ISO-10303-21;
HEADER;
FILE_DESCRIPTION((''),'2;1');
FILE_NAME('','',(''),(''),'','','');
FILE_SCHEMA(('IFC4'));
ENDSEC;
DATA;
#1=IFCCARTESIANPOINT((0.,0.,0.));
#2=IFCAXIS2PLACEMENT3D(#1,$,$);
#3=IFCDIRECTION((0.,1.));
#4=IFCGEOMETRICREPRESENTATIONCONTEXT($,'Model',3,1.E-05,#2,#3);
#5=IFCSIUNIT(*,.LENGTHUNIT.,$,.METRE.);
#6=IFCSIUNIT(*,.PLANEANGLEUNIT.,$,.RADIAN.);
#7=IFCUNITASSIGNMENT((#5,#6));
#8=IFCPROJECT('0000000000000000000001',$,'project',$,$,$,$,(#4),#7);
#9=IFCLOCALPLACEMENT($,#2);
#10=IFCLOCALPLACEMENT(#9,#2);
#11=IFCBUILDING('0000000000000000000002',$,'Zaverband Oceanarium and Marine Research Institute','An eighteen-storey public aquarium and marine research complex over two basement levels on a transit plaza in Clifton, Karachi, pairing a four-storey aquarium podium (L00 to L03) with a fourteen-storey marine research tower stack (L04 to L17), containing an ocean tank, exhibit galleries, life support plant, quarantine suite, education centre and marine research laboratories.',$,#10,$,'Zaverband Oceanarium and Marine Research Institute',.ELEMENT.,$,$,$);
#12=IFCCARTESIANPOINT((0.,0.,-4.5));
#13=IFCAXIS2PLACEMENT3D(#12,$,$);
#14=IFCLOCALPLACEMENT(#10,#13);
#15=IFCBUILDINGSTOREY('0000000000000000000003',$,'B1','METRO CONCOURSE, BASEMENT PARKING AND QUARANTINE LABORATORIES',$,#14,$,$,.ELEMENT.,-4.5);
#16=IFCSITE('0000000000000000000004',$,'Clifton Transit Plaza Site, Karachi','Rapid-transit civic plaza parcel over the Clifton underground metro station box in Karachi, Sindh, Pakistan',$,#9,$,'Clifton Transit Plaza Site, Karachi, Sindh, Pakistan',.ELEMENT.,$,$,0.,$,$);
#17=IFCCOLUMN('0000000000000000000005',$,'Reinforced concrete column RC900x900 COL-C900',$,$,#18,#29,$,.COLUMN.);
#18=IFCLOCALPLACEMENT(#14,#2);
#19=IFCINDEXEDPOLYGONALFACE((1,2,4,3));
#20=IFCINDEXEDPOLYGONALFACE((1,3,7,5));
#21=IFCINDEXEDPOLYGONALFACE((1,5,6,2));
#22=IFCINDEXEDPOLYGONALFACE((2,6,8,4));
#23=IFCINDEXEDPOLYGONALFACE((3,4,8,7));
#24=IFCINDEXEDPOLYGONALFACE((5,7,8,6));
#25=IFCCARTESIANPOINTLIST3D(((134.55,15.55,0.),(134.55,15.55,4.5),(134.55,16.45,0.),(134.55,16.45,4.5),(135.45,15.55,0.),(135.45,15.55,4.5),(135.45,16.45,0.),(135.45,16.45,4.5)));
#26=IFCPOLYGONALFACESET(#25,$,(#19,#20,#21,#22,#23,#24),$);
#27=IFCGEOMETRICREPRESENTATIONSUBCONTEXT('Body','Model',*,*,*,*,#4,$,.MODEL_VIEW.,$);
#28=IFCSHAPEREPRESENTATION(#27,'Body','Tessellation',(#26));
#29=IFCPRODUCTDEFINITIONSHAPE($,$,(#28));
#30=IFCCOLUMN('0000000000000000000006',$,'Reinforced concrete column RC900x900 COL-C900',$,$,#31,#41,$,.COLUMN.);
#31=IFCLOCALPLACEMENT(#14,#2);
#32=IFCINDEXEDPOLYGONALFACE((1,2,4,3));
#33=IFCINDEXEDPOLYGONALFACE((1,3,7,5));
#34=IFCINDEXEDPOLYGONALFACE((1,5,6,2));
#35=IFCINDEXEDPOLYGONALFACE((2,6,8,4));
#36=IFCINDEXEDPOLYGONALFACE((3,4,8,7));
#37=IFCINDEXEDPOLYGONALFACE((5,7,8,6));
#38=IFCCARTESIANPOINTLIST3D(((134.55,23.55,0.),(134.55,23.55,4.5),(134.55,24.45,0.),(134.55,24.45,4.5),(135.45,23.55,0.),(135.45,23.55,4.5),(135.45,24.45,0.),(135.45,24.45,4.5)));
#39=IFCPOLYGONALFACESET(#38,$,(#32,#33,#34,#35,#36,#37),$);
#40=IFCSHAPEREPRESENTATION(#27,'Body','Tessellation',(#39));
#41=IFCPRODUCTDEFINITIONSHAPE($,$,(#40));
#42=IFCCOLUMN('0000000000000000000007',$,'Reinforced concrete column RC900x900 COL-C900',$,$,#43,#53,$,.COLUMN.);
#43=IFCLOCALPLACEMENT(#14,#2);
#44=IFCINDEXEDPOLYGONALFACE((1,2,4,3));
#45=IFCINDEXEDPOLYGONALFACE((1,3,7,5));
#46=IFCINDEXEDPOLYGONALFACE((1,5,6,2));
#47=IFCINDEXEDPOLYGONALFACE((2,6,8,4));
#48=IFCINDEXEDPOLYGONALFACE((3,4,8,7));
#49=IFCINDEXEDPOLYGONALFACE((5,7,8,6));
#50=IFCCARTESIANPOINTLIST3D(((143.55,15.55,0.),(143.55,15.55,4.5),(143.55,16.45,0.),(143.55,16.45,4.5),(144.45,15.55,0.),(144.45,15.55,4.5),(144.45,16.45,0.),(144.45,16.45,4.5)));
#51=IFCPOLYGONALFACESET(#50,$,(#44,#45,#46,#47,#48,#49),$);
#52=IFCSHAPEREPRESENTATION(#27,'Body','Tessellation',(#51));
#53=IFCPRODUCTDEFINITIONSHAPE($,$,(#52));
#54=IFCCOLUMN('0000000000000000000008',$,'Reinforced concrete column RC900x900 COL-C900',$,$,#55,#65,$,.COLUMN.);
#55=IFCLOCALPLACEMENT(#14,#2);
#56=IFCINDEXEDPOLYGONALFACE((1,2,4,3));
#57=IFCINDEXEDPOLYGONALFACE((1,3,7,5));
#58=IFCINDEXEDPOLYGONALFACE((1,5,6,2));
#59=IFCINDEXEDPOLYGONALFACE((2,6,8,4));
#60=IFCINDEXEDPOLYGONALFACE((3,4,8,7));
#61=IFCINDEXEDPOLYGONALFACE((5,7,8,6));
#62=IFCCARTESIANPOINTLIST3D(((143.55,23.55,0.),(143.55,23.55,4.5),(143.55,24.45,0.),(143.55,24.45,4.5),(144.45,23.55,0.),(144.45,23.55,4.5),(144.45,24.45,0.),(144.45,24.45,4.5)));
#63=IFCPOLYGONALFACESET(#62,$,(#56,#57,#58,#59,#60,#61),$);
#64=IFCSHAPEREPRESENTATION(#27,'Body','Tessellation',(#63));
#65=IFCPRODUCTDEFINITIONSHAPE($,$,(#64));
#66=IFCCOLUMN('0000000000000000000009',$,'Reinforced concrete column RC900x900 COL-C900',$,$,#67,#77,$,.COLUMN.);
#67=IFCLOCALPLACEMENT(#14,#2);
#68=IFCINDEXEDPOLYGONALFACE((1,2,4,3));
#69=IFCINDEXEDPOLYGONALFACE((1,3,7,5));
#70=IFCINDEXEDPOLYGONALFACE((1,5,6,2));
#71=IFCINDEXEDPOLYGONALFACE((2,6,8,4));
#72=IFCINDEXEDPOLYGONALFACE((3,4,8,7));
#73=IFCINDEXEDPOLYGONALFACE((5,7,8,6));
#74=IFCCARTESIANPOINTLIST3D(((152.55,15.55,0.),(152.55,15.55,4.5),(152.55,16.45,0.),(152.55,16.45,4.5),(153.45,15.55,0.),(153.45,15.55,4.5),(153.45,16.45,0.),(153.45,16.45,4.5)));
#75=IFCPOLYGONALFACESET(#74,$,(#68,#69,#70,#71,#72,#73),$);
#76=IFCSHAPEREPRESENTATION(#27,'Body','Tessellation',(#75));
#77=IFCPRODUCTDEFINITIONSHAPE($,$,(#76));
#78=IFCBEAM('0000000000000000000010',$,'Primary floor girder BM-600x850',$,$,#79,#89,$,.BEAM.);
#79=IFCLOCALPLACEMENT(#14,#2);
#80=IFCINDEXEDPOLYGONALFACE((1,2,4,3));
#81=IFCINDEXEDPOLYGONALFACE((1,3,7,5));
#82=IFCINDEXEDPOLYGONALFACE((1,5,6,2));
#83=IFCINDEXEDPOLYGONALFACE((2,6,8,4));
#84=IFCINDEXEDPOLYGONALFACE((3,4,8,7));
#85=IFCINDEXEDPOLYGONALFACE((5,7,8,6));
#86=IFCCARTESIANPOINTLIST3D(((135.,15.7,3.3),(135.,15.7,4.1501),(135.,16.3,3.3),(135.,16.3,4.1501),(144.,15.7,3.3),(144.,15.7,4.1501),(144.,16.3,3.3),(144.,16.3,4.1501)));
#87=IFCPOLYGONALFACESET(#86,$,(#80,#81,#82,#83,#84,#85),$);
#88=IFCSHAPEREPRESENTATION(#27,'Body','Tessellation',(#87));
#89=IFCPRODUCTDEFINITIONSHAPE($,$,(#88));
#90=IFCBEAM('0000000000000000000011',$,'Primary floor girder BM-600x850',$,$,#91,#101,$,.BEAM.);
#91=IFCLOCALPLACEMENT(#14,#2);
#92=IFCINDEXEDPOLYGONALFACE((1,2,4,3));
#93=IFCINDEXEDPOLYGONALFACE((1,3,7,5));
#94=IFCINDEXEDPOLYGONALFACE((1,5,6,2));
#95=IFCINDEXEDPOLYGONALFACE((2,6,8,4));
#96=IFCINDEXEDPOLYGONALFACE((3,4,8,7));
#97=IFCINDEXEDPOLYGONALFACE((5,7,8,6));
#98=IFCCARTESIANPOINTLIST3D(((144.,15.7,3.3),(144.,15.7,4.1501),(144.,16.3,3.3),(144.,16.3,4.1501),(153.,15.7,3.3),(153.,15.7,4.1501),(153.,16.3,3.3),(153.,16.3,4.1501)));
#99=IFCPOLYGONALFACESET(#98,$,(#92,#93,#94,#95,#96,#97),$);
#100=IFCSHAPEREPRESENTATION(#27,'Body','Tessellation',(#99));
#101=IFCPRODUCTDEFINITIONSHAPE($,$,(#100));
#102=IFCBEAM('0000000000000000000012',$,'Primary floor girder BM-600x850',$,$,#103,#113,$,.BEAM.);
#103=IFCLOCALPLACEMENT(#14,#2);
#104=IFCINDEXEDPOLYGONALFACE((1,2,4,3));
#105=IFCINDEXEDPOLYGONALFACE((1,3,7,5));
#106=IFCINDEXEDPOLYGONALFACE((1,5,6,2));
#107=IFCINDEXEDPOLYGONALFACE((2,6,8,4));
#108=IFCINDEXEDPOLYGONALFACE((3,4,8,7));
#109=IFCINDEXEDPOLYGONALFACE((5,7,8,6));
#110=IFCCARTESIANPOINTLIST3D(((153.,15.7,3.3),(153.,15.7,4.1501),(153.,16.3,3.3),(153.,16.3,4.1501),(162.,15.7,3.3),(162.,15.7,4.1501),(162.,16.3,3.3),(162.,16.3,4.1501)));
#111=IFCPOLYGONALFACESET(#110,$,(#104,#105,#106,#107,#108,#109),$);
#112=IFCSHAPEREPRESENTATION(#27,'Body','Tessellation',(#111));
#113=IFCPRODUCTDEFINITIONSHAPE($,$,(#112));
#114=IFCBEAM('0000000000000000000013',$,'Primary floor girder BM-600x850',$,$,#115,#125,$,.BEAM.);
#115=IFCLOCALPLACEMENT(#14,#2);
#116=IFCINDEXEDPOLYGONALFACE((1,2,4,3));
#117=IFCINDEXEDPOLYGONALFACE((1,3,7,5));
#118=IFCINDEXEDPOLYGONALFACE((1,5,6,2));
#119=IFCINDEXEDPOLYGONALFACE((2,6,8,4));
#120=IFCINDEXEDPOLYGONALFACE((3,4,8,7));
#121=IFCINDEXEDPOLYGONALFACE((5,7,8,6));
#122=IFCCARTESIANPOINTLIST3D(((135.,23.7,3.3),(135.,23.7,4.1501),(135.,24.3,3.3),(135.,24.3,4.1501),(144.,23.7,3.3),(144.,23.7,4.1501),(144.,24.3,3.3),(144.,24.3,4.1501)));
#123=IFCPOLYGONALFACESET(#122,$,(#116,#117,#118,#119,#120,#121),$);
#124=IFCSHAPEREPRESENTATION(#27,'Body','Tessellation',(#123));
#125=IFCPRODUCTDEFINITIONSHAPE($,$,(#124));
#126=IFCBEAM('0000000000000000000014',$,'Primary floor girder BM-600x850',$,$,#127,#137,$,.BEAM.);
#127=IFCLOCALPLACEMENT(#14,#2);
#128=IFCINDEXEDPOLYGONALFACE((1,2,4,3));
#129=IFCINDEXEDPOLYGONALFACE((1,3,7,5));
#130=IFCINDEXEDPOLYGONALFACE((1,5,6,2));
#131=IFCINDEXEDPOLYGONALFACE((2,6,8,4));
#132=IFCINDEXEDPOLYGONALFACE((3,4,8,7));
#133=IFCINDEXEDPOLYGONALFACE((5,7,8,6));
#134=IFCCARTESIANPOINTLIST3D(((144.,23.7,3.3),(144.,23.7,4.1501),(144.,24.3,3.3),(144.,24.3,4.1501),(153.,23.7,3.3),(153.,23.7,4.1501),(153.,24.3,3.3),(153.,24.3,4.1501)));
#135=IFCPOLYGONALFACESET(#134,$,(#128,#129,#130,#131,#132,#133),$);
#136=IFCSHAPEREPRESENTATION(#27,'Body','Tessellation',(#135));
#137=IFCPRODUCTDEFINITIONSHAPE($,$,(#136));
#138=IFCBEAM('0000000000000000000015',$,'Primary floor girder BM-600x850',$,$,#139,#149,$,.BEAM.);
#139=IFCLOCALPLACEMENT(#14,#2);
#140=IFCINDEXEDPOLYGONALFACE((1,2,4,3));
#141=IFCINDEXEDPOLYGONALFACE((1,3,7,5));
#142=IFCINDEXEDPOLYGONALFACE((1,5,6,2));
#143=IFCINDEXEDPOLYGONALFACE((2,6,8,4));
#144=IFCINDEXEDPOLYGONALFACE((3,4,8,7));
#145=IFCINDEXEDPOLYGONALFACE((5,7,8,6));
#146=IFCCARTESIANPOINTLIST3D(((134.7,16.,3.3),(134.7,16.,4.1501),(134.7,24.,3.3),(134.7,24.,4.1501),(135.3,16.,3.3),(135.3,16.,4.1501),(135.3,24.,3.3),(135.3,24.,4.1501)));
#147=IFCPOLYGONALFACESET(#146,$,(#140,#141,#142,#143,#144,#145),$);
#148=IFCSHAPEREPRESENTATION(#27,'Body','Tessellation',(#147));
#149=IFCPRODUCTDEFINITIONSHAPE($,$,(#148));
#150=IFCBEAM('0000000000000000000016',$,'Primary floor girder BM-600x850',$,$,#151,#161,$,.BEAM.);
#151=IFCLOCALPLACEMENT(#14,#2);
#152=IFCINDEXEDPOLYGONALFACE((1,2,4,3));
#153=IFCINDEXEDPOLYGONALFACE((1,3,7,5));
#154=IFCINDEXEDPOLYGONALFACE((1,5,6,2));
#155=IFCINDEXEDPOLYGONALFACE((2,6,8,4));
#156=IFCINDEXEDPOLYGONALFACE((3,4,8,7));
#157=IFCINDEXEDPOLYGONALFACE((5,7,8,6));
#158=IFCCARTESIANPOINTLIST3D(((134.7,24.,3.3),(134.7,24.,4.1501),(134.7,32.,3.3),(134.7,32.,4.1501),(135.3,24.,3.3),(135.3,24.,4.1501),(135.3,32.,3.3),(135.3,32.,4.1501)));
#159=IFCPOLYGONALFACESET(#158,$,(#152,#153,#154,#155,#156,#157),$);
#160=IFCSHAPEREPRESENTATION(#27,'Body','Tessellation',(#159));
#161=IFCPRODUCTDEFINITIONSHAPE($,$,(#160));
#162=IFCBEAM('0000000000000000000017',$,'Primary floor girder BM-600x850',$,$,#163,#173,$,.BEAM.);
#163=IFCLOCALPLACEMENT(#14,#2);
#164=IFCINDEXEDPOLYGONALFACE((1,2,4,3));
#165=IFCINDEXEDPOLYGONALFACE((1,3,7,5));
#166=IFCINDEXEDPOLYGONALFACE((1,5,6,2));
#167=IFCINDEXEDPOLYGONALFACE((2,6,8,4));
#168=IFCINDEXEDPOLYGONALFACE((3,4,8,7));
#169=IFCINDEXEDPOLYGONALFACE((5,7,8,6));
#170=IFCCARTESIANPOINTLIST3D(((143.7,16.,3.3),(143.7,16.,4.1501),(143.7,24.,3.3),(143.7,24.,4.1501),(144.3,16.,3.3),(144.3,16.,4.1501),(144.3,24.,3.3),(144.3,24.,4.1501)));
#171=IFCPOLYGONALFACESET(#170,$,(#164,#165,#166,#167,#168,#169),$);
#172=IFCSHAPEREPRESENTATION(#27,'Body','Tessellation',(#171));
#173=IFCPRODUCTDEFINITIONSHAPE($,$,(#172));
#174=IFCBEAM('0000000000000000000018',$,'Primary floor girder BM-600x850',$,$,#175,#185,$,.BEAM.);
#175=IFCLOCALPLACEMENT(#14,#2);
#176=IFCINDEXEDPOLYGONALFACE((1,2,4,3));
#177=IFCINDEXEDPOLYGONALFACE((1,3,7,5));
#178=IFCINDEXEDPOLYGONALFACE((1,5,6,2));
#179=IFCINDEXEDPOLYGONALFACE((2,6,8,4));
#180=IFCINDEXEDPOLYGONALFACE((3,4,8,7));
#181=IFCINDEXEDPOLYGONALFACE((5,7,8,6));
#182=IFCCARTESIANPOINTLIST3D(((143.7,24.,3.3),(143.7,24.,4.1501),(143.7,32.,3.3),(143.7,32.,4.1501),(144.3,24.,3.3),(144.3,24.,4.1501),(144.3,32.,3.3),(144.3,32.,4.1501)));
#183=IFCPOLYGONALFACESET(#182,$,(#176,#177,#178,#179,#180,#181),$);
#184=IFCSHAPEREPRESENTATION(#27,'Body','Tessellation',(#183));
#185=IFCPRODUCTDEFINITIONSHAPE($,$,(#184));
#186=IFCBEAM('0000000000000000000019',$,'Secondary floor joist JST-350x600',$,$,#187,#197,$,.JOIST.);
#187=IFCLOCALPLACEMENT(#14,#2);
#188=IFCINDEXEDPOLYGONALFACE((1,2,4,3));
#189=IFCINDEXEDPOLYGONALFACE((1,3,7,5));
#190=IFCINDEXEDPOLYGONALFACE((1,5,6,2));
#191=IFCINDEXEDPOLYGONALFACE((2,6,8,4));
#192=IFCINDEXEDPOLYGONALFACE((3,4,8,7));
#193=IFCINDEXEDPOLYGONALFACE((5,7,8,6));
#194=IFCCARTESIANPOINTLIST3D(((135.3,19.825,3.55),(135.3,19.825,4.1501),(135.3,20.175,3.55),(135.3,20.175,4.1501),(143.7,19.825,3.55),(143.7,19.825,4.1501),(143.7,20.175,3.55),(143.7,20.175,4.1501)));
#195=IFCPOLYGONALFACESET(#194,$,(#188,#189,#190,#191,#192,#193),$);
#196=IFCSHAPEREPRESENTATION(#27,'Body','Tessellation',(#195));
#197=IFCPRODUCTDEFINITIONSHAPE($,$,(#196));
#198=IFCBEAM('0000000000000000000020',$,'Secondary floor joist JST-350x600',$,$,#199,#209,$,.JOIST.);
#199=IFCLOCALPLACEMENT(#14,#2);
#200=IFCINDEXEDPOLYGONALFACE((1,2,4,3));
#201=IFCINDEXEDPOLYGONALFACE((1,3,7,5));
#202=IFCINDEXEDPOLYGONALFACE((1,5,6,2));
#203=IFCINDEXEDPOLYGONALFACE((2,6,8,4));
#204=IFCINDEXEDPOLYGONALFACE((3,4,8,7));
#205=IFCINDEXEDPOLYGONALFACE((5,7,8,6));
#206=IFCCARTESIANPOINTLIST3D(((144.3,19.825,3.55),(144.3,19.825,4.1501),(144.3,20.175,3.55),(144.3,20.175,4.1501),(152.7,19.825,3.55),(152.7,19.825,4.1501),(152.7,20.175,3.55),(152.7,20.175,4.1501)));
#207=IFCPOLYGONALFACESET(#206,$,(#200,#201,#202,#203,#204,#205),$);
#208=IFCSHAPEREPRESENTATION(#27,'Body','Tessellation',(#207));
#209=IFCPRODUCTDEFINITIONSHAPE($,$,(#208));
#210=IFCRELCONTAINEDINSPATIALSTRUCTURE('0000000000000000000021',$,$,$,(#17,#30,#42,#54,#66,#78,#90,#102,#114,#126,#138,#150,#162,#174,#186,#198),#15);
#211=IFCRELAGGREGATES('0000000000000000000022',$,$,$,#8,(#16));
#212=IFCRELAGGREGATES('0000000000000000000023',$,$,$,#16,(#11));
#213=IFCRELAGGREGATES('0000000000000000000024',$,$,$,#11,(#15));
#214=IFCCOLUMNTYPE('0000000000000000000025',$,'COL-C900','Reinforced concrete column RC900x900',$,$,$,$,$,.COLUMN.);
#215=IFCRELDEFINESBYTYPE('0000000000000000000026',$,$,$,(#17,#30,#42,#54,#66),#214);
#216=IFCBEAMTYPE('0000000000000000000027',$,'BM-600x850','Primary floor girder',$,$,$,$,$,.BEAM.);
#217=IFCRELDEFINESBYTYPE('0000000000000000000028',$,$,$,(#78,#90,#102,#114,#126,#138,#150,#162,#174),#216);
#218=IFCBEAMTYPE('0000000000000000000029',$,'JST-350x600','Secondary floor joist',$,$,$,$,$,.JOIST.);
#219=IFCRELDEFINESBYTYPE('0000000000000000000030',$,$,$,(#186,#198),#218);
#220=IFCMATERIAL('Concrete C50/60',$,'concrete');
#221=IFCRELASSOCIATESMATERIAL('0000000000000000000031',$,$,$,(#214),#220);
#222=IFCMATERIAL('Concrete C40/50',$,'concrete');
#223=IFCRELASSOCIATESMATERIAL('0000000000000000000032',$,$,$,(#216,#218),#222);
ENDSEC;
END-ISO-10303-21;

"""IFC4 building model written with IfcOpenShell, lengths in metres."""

from ifc_helpers import new_model, si_unit, direction, frame, origin, origin_2d, place, context, subcontext, project, spatial, rectangle, extrude, material, material_profile, profile_set, type_object, element, save


model = new_model("IFC4")

# Units and contexts
model_context = context("Model", 3, precision=1e-05, world=origin(), true_north=direction((0.0, 1.0)))
body_context = subcontext(model_context, "Body", "Model", "MODEL_VIEW")
ifc_project = project(units=[si_unit("LENGTHUNIT", "METRE"), si_unit("PLANEANGLEUNIT", "RADIAN")], contexts=[model_context])

# Site, building, storey
site_placement = place(None, origin())
site = spatial("IfcSite", under=ifc_project, at=site_placement, Name="Clifton Transit Plaza Site, Karachi", Description="Rapid-transit civic plaza parcel over the Clifton underground metro station box in Karachi, Sindh, Pakistan", LongName="Clifton Transit Plaza Site, Karachi, Sindh, Pakistan", CompositionType="ELEMENT", RefElevation=0.0)
building_placement = place(site_placement, origin())
building = spatial("IfcBuilding", under=site, at=building_placement, Name="Zaverband Oceanarium and Marine Research Institute", Description="An eighteen-storey public aquarium and marine research complex over two basement levels on a transit plaza in Clifton, Karachi, pairing a four-storey aquarium podium (L00 to L03) with a fourteen-storey marine research tower stack (L04 to L17), containing an ocean tank, exhibit galleries, life support plant, quarantine suite, education centre and marine research laboratories.", LongName="Zaverband Oceanarium and Marine Research Institute", CompositionType="ELEMENT")
storey_placement = place(building_placement, frame((0.0, 0.0, -4.5)))
storey = spatial("IfcBuildingStorey", under=building, at=storey_placement, Name="B1", Description="METRO CONCOURSE, BASEMENT PARKING AND QUARANTINE LABORATORIES", CompositionType="ELEMENT", Elevation=-4.5)

# Columns
ifc_material_1 = material(Name="Concrete C50/60", Category="concrete")
ifc_material_profile_1 = material_profile(ifc_material_1, rectangle(XDim=0.8999, YDim=0.8999, at=origin_2d()), Name="RC900x900")
ifc_profile_set_1 = profile_set([ifc_material_profile_1], Name="Concrete C50/60")
column_type = type_object("IfcColumnType", Name="COL-C900", Description="Reinforced concrete column RC900x900", PredefinedType="COLUMN", material=ifc_profile_set_1)
for number, where, z_axis, x_axis, name in (
    (1, (135.0, 16.0, 0.0), (0.0, 0.0, 1.0), (1.0, 0.0, 0.0), "Reinforced concrete column RC900x900 COL-C900"),
    (2, (135.0, 24.0, 0.0), (0.0, 0.0, 1.0), (1.0, 0.0, 0.0), "Reinforced concrete column RC900x900 COL-C900"),
    (3, (144.0, 16.0, 0.0), (0.0, 0.0, 1.0), (1.0, 0.0, 0.0), "Reinforced concrete column RC900x900 COL-C900"),
    (4, (144.0, 24.0, 0.0), (0.0, 0.0, 1.0), (1.0, 0.0, 0.0), "Reinforced concrete column RC900x900 COL-C900"),
    (5, (153.0, 16.0, 0.0), (0.0, 0.0, 1.0), (1.0, 0.0, 0.0), "Reinforced concrete column RC900x900 COL-C900"),
):
    element("IfcColumn", number, at=place(storey_placement, frame(where, z_axis=z_axis, x_axis=x_axis)), inside=storey, type_object=column_type, Name=name, PredefinedType="COLUMN", context=body_context, shape_type="SweptSolid", body=[
        extrude(rectangle(XDim=0.8999, YDim=0.8999, at=origin_2d()), origin(), (0.0, 0.0, 1.0), 4.5),
    ])

# Beams
ifc_material_2 = material(Name="Concrete C40/50", Category="concrete")
ifc_material_profile_2 = material_profile(ifc_material_2, rectangle(XDim=0.6001, YDim=0.8501, at=origin_2d()), Name="RC600x850")
ifc_profile_set_2 = profile_set([ifc_material_profile_2], Name="Concrete C40/50")
beam_type_1 = type_object("IfcBeamType", Name="BM-600x850", Description="Primary floor girder", PredefinedType="BEAM", material=ifc_profile_set_2)
for number, where, z_axis, x_axis, name in (
    (6, (135.0, 16.0, 3.7251), (1.0, 0.0, 0.0), (0.0, 1.0, 0.0), "Primary floor girder BM-600x850"),
    (7, (144.0, 16.0, 3.7251), (1.0, 0.0, 0.0), (0.0, 1.0, 0.0), "Primary floor girder BM-600x850"),
    (8, (153.0, 16.0, 3.7251), (1.0, 0.0, 0.0), (0.0, 1.0, 0.0), "Primary floor girder BM-600x850"),
    (9, (135.0, 24.0, 3.7251), (1.0, 0.0, 0.0), (0.0, 1.0, 0.0), "Primary floor girder BM-600x850"),
    (10, (144.0, 24.0, 3.7251), (1.0, 0.0, 0.0), (0.0, 1.0, 0.0), "Primary floor girder BM-600x850"),
):
    element("IfcBeam", number, at=place(storey_placement, frame(where, z_axis=z_axis, x_axis=x_axis)), inside=storey, type_object=beam_type_1, Name=name, PredefinedType="BEAM", context=body_context, shape_type="SweptSolid", body=[
        extrude(rectangle(XDim=0.6001, YDim=0.8501, at=origin_2d()), origin(), (0.0, 0.0, 1.0), 9.0),
    ])
for number, where, z_axis, x_axis, name in (
    (11, (135.0, 16.0, 3.7251), (0.0, 1.0, 0.0), (-1.0, 0.0, 0.0), "Primary floor girder BM-600x850"),
    (12, (135.0, 24.0, 3.7251), (0.0, 1.0, 0.0), (-1.0, 0.0, 0.0), "Primary floor girder BM-600x850"),
    (13, (144.0, 16.0, 3.7251), (0.0, 1.0, 0.0), (-1.0, 0.0, 0.0), "Primary floor girder BM-600x850"),
    (14, (144.0, 24.0, 3.7251), (0.0, 1.0, 0.0), (-1.0, 0.0, 0.0), "Primary floor girder BM-600x850"),
):
    element("IfcBeam", number, at=place(storey_placement, frame(where, z_axis=z_axis, x_axis=x_axis)), inside=storey, type_object=beam_type_1, Name=name, PredefinedType="BEAM", context=body_context, shape_type="SweptSolid", body=[
        extrude(rectangle(XDim=0.6001, YDim=0.8501, at=origin_2d()), origin(), (0.0, 0.0, 1.0), 8.0),
    ])
ifc_material_profile_3 = material_profile(ifc_material_2, rectangle(XDim=0.3501, YDim=0.6001, at=origin_2d()), Name="RC350x600")
ifc_profile_set_3 = profile_set([ifc_material_profile_3], Name="Concrete C40/50")
beam_type_2 = type_object("IfcBeamType", Name="JST-350x600", Description="Secondary floor joist", PredefinedType="JOIST", material=ifc_profile_set_3)
for number, where, z_axis, x_axis, name in (
    (15, (135.3, 20.0, 3.8501), (1.0, 0.0, 0.0), (0.0, 1.0, 0.0), "Secondary floor joist JST-350x600"),
    (16, (144.3, 20.0, 3.8501), (1.0, 0.0, 0.0), (0.0, 1.0, 0.0), "Secondary floor joist JST-350x600"),
):
    element("IfcBeam", number, at=place(storey_placement, frame(where, z_axis=z_axis, x_axis=x_axis)), inside=storey, type_object=beam_type_2, Name=name, PredefinedType="JOIST", context=body_context, shape_type="SweptSolid", body=[
        extrude(rectangle(XDim=0.3501, YDim=0.6001, at=origin_2d()), origin(), (0.0, 0.0, 1.0), 8.3999),
    ])

save(model, "model.ifc")
